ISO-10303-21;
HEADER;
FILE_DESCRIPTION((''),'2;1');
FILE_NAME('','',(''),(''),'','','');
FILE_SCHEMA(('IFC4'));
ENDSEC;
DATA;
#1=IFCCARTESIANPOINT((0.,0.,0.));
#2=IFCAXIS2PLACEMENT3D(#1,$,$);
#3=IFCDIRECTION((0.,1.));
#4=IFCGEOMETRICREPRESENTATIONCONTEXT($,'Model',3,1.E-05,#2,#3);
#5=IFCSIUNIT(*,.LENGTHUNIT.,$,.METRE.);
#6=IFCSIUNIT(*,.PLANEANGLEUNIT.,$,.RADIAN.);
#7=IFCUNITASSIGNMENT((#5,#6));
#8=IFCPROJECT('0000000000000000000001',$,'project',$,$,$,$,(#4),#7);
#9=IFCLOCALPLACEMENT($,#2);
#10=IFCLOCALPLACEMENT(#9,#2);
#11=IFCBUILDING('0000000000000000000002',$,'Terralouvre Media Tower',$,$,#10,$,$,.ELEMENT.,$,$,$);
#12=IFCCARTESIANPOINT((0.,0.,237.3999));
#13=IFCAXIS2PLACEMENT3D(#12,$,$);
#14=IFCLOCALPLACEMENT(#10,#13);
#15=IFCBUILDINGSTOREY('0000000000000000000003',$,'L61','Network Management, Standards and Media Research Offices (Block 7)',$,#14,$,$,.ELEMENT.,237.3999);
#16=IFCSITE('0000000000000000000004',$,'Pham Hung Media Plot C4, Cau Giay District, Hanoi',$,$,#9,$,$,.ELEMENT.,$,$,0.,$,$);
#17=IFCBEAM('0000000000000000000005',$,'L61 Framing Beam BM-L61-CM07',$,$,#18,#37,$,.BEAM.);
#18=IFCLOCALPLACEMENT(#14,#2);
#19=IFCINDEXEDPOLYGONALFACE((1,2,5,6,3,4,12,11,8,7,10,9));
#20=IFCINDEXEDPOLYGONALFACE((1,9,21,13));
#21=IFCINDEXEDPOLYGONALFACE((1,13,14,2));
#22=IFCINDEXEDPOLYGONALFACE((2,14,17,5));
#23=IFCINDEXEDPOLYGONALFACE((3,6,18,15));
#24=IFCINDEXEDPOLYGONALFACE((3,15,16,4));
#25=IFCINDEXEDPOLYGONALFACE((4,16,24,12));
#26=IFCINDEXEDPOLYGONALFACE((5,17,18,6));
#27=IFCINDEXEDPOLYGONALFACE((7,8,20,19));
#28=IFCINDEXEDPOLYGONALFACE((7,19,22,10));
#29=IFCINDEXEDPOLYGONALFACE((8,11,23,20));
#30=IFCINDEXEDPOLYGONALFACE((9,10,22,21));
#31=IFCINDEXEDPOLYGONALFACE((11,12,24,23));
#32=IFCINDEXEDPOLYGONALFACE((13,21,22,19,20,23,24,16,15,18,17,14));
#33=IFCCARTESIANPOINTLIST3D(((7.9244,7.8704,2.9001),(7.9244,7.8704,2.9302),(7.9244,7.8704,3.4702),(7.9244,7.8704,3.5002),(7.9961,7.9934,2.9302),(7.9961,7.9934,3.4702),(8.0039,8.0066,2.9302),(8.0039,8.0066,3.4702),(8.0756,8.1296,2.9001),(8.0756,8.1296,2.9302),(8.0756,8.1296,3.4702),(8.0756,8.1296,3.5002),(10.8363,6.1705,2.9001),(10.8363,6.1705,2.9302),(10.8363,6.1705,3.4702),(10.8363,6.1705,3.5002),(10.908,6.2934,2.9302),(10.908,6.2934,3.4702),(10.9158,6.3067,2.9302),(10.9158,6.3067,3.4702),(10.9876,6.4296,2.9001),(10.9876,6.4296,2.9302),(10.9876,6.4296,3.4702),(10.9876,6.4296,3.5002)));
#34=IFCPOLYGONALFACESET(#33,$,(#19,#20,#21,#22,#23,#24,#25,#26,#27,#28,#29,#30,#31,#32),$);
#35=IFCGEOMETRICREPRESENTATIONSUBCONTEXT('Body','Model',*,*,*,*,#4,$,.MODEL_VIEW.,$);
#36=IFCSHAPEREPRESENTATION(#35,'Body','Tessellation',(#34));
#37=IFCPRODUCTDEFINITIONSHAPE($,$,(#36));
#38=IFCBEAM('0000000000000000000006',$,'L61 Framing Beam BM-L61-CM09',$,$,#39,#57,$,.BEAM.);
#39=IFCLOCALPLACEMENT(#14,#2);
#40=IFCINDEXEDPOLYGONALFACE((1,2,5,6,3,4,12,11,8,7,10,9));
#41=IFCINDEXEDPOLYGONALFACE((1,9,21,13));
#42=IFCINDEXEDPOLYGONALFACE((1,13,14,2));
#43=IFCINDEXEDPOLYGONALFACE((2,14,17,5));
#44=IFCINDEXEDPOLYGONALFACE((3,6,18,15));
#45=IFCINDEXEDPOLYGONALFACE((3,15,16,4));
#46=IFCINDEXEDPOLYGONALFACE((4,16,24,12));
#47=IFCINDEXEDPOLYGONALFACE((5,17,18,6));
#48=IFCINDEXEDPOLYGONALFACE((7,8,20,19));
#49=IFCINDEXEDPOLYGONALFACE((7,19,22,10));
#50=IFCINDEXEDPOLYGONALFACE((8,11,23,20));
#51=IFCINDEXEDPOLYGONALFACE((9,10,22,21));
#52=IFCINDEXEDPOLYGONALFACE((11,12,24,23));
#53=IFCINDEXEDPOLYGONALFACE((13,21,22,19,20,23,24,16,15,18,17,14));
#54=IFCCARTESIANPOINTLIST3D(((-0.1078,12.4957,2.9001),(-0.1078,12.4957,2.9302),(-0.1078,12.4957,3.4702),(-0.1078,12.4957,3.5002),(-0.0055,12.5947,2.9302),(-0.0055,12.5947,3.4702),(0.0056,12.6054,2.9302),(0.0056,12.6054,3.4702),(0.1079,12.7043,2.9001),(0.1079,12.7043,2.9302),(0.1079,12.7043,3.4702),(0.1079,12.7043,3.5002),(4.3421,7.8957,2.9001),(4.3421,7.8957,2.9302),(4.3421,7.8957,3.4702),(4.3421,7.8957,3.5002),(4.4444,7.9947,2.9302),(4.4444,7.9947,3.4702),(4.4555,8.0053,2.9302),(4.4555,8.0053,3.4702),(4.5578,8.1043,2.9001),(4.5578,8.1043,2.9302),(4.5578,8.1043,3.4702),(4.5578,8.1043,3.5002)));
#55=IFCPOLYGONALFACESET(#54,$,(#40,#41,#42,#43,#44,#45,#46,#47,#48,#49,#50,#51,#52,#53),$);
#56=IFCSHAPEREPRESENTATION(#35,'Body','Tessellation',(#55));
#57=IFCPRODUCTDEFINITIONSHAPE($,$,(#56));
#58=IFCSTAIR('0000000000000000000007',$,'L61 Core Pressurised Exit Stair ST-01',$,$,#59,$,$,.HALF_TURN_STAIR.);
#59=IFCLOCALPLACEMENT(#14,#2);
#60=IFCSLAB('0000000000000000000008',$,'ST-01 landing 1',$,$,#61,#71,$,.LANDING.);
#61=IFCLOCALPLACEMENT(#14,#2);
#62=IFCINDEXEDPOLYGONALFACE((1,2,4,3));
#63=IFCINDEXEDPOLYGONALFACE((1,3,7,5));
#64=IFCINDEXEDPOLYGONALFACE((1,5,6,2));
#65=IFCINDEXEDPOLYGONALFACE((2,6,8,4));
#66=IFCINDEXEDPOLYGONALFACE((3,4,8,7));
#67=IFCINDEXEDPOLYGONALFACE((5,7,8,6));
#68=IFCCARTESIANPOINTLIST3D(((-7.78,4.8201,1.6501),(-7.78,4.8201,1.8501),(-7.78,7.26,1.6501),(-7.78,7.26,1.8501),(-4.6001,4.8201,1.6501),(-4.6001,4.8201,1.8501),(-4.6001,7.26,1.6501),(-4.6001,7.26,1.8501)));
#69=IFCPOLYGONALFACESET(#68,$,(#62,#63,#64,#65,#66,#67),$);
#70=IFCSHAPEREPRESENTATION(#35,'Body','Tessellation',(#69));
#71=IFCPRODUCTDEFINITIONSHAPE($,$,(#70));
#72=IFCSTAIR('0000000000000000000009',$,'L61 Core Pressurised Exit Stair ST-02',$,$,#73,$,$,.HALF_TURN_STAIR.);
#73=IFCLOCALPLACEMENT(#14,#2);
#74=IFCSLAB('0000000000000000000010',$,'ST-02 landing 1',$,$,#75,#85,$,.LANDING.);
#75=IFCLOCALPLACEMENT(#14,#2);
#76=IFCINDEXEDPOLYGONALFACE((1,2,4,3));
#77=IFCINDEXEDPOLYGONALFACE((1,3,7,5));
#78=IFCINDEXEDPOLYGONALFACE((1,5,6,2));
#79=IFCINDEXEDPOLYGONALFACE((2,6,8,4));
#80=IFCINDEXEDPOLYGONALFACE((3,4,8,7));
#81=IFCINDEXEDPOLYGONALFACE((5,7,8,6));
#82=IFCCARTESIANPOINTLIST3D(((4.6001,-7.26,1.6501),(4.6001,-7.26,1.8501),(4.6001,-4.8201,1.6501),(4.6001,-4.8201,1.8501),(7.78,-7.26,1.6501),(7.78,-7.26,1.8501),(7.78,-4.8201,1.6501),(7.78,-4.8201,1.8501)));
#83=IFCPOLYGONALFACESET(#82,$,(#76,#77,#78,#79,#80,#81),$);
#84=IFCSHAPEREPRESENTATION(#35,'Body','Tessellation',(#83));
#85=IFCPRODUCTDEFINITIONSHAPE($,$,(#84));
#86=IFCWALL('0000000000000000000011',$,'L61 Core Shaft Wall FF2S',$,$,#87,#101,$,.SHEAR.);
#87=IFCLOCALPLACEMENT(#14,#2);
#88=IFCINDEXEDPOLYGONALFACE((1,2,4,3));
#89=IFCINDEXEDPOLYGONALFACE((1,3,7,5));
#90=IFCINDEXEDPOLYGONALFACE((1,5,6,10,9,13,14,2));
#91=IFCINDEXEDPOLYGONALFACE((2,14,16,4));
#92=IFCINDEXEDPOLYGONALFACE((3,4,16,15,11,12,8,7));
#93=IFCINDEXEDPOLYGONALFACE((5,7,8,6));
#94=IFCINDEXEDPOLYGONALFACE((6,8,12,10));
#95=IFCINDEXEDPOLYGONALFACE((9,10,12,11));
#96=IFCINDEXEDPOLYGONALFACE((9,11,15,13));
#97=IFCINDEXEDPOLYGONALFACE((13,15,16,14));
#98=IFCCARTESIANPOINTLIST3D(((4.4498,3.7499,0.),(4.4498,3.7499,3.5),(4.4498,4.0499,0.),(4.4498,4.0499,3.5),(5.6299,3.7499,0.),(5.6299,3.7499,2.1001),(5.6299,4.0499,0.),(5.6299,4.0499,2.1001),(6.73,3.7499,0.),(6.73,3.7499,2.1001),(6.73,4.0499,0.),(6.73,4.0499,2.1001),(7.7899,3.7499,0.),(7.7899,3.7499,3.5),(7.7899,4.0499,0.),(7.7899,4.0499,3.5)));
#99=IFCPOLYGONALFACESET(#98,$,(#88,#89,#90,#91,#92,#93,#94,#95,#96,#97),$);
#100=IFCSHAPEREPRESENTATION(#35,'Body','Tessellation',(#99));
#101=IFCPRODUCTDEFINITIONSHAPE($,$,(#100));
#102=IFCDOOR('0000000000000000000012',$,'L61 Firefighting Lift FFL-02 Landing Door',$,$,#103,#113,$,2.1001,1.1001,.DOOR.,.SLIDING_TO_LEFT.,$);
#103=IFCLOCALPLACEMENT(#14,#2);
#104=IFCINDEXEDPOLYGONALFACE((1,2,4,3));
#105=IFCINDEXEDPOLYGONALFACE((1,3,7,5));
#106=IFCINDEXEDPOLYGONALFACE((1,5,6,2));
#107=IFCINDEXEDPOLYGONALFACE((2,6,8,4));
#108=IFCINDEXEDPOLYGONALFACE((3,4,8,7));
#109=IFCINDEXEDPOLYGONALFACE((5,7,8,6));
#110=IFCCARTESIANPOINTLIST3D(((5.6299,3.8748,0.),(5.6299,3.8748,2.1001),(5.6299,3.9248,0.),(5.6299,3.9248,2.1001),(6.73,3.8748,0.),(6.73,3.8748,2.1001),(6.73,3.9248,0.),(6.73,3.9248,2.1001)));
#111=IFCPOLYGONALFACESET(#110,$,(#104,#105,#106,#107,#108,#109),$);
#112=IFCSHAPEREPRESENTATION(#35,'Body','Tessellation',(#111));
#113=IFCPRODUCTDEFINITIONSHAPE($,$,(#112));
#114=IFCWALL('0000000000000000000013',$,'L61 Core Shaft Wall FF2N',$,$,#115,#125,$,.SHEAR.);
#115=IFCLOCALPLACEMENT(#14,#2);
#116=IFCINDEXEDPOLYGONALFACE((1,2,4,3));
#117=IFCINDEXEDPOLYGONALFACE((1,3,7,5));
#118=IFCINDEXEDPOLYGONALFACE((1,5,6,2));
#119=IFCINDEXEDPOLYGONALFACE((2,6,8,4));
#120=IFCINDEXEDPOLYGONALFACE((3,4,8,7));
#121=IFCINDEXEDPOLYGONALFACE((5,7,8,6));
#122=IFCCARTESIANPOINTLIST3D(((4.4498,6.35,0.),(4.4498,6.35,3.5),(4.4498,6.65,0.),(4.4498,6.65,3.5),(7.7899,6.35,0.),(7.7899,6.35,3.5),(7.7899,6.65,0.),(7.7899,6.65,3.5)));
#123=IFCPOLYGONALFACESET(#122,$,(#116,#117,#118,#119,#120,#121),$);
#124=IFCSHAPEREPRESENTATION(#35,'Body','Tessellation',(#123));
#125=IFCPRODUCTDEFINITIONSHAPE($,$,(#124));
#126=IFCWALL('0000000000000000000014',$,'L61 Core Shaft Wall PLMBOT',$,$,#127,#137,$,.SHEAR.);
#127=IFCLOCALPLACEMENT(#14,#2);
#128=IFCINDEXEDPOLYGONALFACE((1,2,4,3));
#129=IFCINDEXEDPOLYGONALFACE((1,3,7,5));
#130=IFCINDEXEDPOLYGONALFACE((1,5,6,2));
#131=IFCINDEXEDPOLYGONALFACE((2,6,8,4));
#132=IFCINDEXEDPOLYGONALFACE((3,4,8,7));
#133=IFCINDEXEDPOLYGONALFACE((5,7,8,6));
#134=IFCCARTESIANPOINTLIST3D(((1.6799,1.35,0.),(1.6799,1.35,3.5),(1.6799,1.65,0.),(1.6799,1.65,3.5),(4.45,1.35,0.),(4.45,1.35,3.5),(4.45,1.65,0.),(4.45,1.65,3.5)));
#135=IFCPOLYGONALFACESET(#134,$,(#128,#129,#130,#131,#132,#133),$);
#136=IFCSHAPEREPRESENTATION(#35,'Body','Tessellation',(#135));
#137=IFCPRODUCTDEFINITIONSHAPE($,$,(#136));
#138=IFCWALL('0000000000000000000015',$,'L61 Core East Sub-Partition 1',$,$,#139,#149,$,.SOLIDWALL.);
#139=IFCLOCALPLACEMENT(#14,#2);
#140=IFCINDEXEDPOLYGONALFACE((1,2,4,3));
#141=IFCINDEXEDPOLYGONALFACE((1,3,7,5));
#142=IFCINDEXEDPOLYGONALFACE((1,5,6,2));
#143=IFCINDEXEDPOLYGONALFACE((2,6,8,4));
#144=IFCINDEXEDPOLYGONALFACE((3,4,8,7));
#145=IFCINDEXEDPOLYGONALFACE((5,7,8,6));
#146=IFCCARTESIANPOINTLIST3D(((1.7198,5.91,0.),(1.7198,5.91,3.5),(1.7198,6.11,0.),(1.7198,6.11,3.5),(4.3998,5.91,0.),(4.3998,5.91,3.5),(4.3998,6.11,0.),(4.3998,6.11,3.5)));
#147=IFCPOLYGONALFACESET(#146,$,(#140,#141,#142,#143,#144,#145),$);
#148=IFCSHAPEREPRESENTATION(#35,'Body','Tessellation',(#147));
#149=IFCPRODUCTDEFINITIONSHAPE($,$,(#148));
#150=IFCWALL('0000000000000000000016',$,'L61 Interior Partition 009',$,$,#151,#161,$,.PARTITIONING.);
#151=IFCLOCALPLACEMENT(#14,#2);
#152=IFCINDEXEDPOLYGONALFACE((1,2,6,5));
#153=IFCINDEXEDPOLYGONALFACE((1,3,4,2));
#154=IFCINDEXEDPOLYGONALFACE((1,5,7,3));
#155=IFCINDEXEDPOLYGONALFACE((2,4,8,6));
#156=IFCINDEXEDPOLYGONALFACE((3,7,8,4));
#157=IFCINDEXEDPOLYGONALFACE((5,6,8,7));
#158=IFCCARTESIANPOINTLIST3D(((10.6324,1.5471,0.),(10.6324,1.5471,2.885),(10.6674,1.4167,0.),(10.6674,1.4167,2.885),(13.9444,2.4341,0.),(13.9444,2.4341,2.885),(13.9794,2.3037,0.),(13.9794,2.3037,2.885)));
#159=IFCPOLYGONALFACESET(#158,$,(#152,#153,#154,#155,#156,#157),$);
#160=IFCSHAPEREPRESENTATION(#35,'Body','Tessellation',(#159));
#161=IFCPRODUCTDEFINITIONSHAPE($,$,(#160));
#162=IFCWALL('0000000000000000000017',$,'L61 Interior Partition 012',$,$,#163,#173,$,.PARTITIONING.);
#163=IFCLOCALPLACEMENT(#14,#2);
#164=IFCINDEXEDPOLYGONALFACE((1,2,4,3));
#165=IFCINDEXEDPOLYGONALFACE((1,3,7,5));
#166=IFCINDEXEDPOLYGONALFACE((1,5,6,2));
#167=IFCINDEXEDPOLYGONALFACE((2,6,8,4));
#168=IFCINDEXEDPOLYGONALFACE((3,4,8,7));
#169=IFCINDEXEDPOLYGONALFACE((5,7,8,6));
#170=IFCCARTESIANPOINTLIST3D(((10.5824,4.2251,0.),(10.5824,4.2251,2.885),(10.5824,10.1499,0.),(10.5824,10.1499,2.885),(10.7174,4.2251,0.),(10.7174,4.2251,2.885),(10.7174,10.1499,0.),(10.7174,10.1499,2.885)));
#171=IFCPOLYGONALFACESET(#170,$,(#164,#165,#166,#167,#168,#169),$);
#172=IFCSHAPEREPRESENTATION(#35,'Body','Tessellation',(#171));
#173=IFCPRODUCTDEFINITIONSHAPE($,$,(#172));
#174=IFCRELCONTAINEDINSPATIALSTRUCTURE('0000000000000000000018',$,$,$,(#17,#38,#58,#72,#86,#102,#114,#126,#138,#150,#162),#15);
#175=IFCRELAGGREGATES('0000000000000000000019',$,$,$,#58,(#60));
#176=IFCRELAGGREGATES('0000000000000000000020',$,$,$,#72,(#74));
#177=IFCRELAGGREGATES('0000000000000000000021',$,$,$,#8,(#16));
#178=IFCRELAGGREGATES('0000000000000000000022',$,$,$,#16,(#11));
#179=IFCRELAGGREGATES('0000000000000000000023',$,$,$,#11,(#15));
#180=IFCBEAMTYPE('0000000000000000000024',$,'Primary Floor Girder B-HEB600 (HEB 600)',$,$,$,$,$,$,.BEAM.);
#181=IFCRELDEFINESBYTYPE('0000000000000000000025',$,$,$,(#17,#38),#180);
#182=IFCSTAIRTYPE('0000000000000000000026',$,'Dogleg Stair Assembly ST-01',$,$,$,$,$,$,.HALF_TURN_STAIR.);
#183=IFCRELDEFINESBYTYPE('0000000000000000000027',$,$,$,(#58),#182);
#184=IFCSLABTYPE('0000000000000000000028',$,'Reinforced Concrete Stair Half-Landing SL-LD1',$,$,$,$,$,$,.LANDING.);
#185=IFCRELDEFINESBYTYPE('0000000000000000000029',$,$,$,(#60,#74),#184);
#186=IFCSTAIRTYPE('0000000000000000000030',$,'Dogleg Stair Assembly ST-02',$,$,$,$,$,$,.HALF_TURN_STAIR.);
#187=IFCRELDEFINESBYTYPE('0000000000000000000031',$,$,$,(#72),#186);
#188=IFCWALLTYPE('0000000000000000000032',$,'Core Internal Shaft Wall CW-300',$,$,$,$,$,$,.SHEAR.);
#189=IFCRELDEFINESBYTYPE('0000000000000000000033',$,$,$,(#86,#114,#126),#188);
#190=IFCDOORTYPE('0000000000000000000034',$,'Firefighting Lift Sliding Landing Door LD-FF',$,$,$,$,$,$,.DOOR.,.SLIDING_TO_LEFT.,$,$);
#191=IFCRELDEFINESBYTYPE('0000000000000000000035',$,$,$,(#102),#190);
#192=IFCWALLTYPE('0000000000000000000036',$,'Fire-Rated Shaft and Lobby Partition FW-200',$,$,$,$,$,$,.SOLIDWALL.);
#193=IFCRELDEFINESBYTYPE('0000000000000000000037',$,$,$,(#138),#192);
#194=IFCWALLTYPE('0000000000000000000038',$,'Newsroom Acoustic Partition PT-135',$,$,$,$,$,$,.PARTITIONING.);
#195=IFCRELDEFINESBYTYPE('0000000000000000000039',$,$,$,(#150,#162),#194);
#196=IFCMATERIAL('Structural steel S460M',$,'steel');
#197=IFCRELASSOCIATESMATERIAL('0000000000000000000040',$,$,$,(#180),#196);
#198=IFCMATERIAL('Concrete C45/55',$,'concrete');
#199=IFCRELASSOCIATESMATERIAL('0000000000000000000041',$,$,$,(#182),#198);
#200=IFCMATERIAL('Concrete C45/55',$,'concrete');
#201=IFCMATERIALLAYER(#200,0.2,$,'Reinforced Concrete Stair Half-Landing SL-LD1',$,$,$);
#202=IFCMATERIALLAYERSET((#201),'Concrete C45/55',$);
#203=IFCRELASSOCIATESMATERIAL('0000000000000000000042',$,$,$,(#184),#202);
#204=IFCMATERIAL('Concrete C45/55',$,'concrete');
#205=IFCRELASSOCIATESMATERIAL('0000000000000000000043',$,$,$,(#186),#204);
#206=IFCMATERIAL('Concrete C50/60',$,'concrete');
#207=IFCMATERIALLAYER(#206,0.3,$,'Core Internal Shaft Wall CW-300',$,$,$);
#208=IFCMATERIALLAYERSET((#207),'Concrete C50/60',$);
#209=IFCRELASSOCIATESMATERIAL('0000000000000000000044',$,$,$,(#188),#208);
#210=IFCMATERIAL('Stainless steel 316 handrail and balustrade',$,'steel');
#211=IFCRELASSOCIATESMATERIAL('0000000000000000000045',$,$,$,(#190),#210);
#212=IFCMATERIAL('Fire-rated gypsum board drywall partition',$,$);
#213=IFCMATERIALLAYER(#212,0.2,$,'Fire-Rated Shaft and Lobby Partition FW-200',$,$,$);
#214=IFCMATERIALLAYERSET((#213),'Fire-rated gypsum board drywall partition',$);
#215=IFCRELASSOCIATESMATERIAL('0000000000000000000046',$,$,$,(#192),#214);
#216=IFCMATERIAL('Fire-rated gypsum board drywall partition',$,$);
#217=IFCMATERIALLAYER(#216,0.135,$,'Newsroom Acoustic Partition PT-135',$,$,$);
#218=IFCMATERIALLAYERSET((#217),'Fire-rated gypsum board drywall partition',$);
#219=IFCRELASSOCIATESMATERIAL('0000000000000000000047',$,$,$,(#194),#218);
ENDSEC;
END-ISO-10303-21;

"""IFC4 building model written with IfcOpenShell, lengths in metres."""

from ifc_helpers import new_model, si_unit, direction, frame, frame_2d, origin, origin_2d, place, context, subcontext, project, spatial, polyline, rectangle, i_section, outline, extrude, material, layer, layer_set, material_profile, profile_set, type_object, element, fill, aggregate, save


model = new_model("IFC4")

# Units and contexts
model_context = context("Model", 3, precision=1e-05, world=origin(), true_north=direction((0.0, 1.0)))
body_context = subcontext(model_context, "Body", "Model", "MODEL_VIEW")
ifc_project = project(units=[si_unit("LENGTHUNIT", "METRE"), si_unit("PLANEANGLEUNIT", "RADIAN")], contexts=[model_context])

# Site, building, storey
site_placement = place(None, origin())
site = spatial("IfcSite", under=ifc_project, at=site_placement, Name="Pham Hung Media Plot C4, Cau Giay District, Hanoi", CompositionType="ELEMENT", RefElevation=0.0)
building_placement = place(site_placement, origin())
building = spatial("IfcBuilding", under=site, at=building_placement, Name="Terralouvre Media Tower", CompositionType="ELEMENT")
storey_placement = place(building_placement, frame((0.0, 0.0, 237.3999)))
storey = spatial("IfcBuildingStorey", under=building, at=storey_placement, Name="L61", Description="Network Management, Standards and Media Research Offices (Block 7)", CompositionType="ELEMENT", Elevation=237.3999)

# Beams
ifc_material_1 = material(Name="Structural steel S460M", Category="steel")
ifc_material_profile_1 = material_profile(ifc_material_1, i_section(OverallWidth=0.3, OverallDepth=0.6001, WebThickness=0.0154, FlangeThickness=0.03, at=origin_2d()), Name="HEB 600")
ifc_profile_set_1 = profile_set([ifc_material_profile_1], Name="Structural steel S460M")
beam_type_1 = type_object("IfcBeamType", Name="Primary Floor Girder B-HEB600 (HEB 600)", PredefinedType="BEAM", material=ifc_profile_set_1)
beam_1_placement = place(storey_placement, frame((8.0, 8.0, 3.2002), z_axis=(0.863603, -0.504173, 0.0), x_axis=(0.504173, 0.863603, 0.0)))
element("IfcBeam", 1, at=beam_1_placement, inside=storey, type_object=beam_type_1, Name="L61 Framing Beam BM-L61-CM07", PredefinedType="BEAM", context=body_context, shape_type="SweptSolid", body=[
    extrude(i_section(OverallWidth=0.3, OverallDepth=0.6001, WebThickness=0.0154, FlangeThickness=0.03, at=origin_2d()), origin(), (0.0, 0.0, 1.0), 3.3718),
])
beam_2_placement = place(storey_placement, frame((4.45, 8.0, 3.2002), z_axis=(-0.69528, 0.718739, 0.0), x_axis=(-0.718739, -0.69528, 0.0)))
element("IfcBeam", 2, at=beam_2_placement, inside=storey, type_object=beam_type_1, Name="L61 Framing Beam BM-L61-CM09", PredefinedType="BEAM", context=body_context, shape_type="SweptSolid", body=[
    extrude(i_section(OverallWidth=0.3, OverallDepth=0.6001, WebThickness=0.0154, FlangeThickness=0.03, at=origin_2d()), origin(), (0.0, 0.0, 1.0), 6.4001),
])

# Stairs, slabs
ifc_material_2 = material(Name="Concrete C45/55", Category="concrete")
stair_type_1 = type_object("IfcStairType", Name="Dogleg Stair Assembly ST-01", PredefinedType="HALF_TURN_STAIR", material=ifc_material_2)
stair_1_placement = place(storey_placement, origin())
stair_1 = element("IfcStair", 3, at=stair_1_placement, inside=storey, type_object=stair_type_1, Name="L61 Core Pressurised Exit Stair ST-01", PredefinedType="HALF_TURN_STAIR")
ifc_material_3 = material(Name="Concrete C45/55", Category="concrete")
ifc_layer_1 = layer(ifc_material_3, 0.2, Name="Reinforced Concrete Stair Half-Landing SL-LD1")
ifc_layer_set_1 = layer_set([ifc_layer_1], Name="Concrete C45/55")
slab_type = type_object("IfcSlabType", Name="Reinforced Concrete Stair Half-Landing SL-LD1", PredefinedType="LANDING", material=ifc_layer_set_1)
slab_1_placement = place(storey_placement, frame((0.0, 0.0, 1.6501)))
slab_1 = element("IfcSlab", 4, at=slab_1_placement, type_object=slab_type, Name="ST-01 landing 1", PredefinedType="LANDING", context=body_context, shape_type="SweptSolid", body=[
    extrude(outline(polyline([(-4.6001, 4.8201), (-4.6001, 7.26), (-7.78, 7.26), (-7.78, 4.8201), (-4.6001, 4.8201)])), origin(), (0.0, 0.0, 1.0), 0.2),
])
aggregate(stair_1, [slab_1])
ifc_material_4 = material(Name="Concrete C45/55", Category="concrete")
stair_type_2 = type_object("IfcStairType", Name="Dogleg Stair Assembly ST-02", PredefinedType="HALF_TURN_STAIR", material=ifc_material_4)
stair_2_placement = place(storey_placement, origin())
stair_2 = element("IfcStair", 5, at=stair_2_placement, inside=storey, type_object=stair_type_2, Name="L61 Core Pressurised Exit Stair ST-02", PredefinedType="HALF_TURN_STAIR")
slab_2_placement = place(storey_placement, frame((0.0, 0.0, 1.6501)))
slab_2 = element("IfcSlab", 6, at=slab_2_placement, type_object=slab_type, Name="ST-02 landing 1", PredefinedType="LANDING", context=body_context, shape_type="SweptSolid", body=[
    extrude(outline(polyline([(4.6001, -4.8201), (4.6001, -7.26), (7.78, -7.26), (7.78, -4.8201), (4.6001, -4.8201)])), origin(), (0.0, 0.0, 1.0), 0.2),
])
aggregate(stair_2, [slab_2])

# Wall, opening, door
ifc_material_5 = material(Name="Concrete C50/60", Category="concrete")
ifc_layer_2 = layer(ifc_material_5, 0.3, Name="Core Internal Shaft Wall CW-300")
ifc_layer_set_2 = layer_set([ifc_layer_2], Name="Concrete C50/60")
wall_type_1 = type_object("IfcWallType", Name="Core Internal Shaft Wall CW-300", PredefinedType="SHEAR", material=ifc_layer_set_2)
wall_1_placement = place(storey_placement, frame((4.45, 3.8999, 0.0), z_axis=(0.0, 0.0, 1.0), x_axis=(1.0, 0.0, 0.0)))
wall_1 = element("IfcWall", 7, at=wall_1_placement, inside=storey, type_object=wall_type_1, Name="L61 Core Shaft Wall FF2S", PredefinedType="SHEAR", context=body_context, shape_type="SweptSolid", body=[
    extrude(rectangle(XDim=3.3401, YDim=0.3, at=frame_2d((1.6699, 0.0))), origin(), (0.0, 0.0, 1.0), 3.5),
])
opening_placement = place(wall_1_placement, frame((1.1799, 0.0, 0.0)))
opening = element("IfcOpeningElement", 8, at=opening_placement, cuts=wall_1, PredefinedType="OPENING", context=body_context, shape_type="SweptSolid", body=[
    extrude(rectangle(XDim=1.1001, YDim=2.1001, at=frame_2d((0.55, 1.05))), frame((0.0, 0.1599, 0.0), z_axis=(0.0, -1.0, 0.0), x_axis=(1.0, 0.0, 0.0)), (0.0, 0.0, 1.0), 0.3201),
])
ifc_material_6 = material(Name="Stainless steel 316 handrail and balustrade", Category="steel")
door_type = type_object("IfcDoorType", Name="Firefighting Lift Sliding Landing Door LD-FF", OperationType="SLIDING_TO_LEFT", PredefinedType="DOOR", material=ifc_material_6)
door_placement = place(opening_placement, origin())
door = element("IfcDoor", 9, at=door_placement, inside=storey, type_object=door_type, Name="L61 Firefighting Lift FFL-02 Landing Door", OperationType="SLIDING_TO_LEFT", OverallHeight=2.1001, OverallWidth=1.1001, PredefinedType="DOOR", context=body_context, shape_type="SweptSolid", body=[
    extrude(rectangle(XDim=1.1001, YDim=2.1001, at=frame_2d((0.55, 1.05))), frame((0.0, 0.0249, 0.0), z_axis=(0.0, -1.0, 0.0), x_axis=(1.0, 0.0, 0.0)), (0.0, 0.0, 1.0), 0.05),
])
fill(opening, door)

# Walls
wall_2_placement = place(storey_placement, frame((4.45, 6.5, 0.0), z_axis=(0.0, 0.0, 1.0), x_axis=(1.0, 0.0, 0.0)))
element("IfcWall", 10, at=wall_2_placement, inside=storey, type_object=wall_type_1, Name="L61 Core Shaft Wall FF2N", PredefinedType="SHEAR", context=body_context, shape_type="SweptSolid", body=[
    extrude(rectangle(XDim=3.3401, YDim=0.3, at=frame_2d((1.6699, 0.0))), origin(), (0.0, 0.0, 1.0), 3.5),
])
wall_3_placement = place(storey_placement, frame((1.6799, 1.5, 0.0), z_axis=(0.0, 0.0, 1.0), x_axis=(1.0, 0.0, 0.0)))
element("IfcWall", 11, at=wall_3_placement, inside=storey, type_object=wall_type_1, Name="L61 Core Shaft Wall PLMBOT", PredefinedType="SHEAR", context=body_context, shape_type="SweptSolid", body=[
    extrude(rectangle(XDim=2.77, YDim=0.3, at=frame_2d((1.385, 0.0))), origin(), (0.0, 0.0, 1.0), 3.5),
])
ifc_material_7 = material(Name="Fire-rated gypsum board drywall partition")
ifc_layer_3 = layer(ifc_material_7, 0.2, Name="Fire-Rated Shaft and Lobby Partition FW-200")
ifc_layer_set_3 = layer_set([ifc_layer_3], Name="Fire-rated gypsum board drywall partition")
wall_type_2 = type_object("IfcWallType", Name="Fire-Rated Shaft and Lobby Partition FW-200", PredefinedType="SOLIDWALL", material=ifc_layer_set_3)
wall_4_placement = place(storey_placement, frame((1.72, 6.01, 0.0), z_axis=(0.0, 0.0, 1.0), x_axis=(1.0, 0.0, 0.0)))
element("IfcWall", 12, at=wall_4_placement, inside=storey, type_object=wall_type_2, Name="L61 Core East Sub-Partition 1", PredefinedType="SOLIDWALL", context=body_context, shape_type="SweptSolid", body=[
    extrude(rectangle(XDim=2.6799, YDim=0.2, at=frame_2d((1.3398, 0.0))), origin(), (0.0, 0.0, 1.0), 3.5),
])
ifc_material_8 = material(Name="Fire-rated gypsum board drywall partition")
ifc_layer_4 = layer(ifc_material_8, 0.135, Name="Newsroom Acoustic Partition PT-135")
ifc_layer_set_4 = layer_set([ifc_layer_4], Name="Fire-rated gypsum board drywall partition")
wall_type_3 = type_object("IfcWallType", Name="Newsroom Acoustic Partition PT-135", PredefinedType="PARTITIONING", material=ifc_layer_set_4)
wall_5_placement = place(storey_placement, frame((10.6499, 1.4819, 0.0), z_axis=(0.0, 0.0, 1.0), x_axis=(0.965961, 0.258686, 0.0)))
element("IfcWall", 13, at=wall_5_placement, inside=storey, type_object=wall_type_3, Name="L61 Interior Partition 009", PredefinedType="PARTITIONING", context=body_context, shape_type="SweptSolid", body=[
    extrude(rectangle(XDim=3.4287, YDim=0.135, at=frame_2d((1.7144, 0.0))), origin(), (0.0, 0.0, 1.0), 2.885),
])
wall_6_placement = place(storey_placement, frame((10.6499, 4.2251, 0.0), z_axis=(0.0, 0.0, 1.0), x_axis=(0.0, 1.0, 0.0)))
element("IfcWall", 14, at=wall_6_placement, inside=storey, type_object=wall_type_3, Name="L61 Interior Partition 012", PredefinedType="PARTITIONING", context=body_context, shape_type="SweptSolid", body=[
    extrude(rectangle(XDim=5.9248, YDim=0.135, at=frame_2d((2.9624, 0.0))), origin(), (0.0, 0.0, 1.0), 2.885),
])

save(model, "model.ifc")
